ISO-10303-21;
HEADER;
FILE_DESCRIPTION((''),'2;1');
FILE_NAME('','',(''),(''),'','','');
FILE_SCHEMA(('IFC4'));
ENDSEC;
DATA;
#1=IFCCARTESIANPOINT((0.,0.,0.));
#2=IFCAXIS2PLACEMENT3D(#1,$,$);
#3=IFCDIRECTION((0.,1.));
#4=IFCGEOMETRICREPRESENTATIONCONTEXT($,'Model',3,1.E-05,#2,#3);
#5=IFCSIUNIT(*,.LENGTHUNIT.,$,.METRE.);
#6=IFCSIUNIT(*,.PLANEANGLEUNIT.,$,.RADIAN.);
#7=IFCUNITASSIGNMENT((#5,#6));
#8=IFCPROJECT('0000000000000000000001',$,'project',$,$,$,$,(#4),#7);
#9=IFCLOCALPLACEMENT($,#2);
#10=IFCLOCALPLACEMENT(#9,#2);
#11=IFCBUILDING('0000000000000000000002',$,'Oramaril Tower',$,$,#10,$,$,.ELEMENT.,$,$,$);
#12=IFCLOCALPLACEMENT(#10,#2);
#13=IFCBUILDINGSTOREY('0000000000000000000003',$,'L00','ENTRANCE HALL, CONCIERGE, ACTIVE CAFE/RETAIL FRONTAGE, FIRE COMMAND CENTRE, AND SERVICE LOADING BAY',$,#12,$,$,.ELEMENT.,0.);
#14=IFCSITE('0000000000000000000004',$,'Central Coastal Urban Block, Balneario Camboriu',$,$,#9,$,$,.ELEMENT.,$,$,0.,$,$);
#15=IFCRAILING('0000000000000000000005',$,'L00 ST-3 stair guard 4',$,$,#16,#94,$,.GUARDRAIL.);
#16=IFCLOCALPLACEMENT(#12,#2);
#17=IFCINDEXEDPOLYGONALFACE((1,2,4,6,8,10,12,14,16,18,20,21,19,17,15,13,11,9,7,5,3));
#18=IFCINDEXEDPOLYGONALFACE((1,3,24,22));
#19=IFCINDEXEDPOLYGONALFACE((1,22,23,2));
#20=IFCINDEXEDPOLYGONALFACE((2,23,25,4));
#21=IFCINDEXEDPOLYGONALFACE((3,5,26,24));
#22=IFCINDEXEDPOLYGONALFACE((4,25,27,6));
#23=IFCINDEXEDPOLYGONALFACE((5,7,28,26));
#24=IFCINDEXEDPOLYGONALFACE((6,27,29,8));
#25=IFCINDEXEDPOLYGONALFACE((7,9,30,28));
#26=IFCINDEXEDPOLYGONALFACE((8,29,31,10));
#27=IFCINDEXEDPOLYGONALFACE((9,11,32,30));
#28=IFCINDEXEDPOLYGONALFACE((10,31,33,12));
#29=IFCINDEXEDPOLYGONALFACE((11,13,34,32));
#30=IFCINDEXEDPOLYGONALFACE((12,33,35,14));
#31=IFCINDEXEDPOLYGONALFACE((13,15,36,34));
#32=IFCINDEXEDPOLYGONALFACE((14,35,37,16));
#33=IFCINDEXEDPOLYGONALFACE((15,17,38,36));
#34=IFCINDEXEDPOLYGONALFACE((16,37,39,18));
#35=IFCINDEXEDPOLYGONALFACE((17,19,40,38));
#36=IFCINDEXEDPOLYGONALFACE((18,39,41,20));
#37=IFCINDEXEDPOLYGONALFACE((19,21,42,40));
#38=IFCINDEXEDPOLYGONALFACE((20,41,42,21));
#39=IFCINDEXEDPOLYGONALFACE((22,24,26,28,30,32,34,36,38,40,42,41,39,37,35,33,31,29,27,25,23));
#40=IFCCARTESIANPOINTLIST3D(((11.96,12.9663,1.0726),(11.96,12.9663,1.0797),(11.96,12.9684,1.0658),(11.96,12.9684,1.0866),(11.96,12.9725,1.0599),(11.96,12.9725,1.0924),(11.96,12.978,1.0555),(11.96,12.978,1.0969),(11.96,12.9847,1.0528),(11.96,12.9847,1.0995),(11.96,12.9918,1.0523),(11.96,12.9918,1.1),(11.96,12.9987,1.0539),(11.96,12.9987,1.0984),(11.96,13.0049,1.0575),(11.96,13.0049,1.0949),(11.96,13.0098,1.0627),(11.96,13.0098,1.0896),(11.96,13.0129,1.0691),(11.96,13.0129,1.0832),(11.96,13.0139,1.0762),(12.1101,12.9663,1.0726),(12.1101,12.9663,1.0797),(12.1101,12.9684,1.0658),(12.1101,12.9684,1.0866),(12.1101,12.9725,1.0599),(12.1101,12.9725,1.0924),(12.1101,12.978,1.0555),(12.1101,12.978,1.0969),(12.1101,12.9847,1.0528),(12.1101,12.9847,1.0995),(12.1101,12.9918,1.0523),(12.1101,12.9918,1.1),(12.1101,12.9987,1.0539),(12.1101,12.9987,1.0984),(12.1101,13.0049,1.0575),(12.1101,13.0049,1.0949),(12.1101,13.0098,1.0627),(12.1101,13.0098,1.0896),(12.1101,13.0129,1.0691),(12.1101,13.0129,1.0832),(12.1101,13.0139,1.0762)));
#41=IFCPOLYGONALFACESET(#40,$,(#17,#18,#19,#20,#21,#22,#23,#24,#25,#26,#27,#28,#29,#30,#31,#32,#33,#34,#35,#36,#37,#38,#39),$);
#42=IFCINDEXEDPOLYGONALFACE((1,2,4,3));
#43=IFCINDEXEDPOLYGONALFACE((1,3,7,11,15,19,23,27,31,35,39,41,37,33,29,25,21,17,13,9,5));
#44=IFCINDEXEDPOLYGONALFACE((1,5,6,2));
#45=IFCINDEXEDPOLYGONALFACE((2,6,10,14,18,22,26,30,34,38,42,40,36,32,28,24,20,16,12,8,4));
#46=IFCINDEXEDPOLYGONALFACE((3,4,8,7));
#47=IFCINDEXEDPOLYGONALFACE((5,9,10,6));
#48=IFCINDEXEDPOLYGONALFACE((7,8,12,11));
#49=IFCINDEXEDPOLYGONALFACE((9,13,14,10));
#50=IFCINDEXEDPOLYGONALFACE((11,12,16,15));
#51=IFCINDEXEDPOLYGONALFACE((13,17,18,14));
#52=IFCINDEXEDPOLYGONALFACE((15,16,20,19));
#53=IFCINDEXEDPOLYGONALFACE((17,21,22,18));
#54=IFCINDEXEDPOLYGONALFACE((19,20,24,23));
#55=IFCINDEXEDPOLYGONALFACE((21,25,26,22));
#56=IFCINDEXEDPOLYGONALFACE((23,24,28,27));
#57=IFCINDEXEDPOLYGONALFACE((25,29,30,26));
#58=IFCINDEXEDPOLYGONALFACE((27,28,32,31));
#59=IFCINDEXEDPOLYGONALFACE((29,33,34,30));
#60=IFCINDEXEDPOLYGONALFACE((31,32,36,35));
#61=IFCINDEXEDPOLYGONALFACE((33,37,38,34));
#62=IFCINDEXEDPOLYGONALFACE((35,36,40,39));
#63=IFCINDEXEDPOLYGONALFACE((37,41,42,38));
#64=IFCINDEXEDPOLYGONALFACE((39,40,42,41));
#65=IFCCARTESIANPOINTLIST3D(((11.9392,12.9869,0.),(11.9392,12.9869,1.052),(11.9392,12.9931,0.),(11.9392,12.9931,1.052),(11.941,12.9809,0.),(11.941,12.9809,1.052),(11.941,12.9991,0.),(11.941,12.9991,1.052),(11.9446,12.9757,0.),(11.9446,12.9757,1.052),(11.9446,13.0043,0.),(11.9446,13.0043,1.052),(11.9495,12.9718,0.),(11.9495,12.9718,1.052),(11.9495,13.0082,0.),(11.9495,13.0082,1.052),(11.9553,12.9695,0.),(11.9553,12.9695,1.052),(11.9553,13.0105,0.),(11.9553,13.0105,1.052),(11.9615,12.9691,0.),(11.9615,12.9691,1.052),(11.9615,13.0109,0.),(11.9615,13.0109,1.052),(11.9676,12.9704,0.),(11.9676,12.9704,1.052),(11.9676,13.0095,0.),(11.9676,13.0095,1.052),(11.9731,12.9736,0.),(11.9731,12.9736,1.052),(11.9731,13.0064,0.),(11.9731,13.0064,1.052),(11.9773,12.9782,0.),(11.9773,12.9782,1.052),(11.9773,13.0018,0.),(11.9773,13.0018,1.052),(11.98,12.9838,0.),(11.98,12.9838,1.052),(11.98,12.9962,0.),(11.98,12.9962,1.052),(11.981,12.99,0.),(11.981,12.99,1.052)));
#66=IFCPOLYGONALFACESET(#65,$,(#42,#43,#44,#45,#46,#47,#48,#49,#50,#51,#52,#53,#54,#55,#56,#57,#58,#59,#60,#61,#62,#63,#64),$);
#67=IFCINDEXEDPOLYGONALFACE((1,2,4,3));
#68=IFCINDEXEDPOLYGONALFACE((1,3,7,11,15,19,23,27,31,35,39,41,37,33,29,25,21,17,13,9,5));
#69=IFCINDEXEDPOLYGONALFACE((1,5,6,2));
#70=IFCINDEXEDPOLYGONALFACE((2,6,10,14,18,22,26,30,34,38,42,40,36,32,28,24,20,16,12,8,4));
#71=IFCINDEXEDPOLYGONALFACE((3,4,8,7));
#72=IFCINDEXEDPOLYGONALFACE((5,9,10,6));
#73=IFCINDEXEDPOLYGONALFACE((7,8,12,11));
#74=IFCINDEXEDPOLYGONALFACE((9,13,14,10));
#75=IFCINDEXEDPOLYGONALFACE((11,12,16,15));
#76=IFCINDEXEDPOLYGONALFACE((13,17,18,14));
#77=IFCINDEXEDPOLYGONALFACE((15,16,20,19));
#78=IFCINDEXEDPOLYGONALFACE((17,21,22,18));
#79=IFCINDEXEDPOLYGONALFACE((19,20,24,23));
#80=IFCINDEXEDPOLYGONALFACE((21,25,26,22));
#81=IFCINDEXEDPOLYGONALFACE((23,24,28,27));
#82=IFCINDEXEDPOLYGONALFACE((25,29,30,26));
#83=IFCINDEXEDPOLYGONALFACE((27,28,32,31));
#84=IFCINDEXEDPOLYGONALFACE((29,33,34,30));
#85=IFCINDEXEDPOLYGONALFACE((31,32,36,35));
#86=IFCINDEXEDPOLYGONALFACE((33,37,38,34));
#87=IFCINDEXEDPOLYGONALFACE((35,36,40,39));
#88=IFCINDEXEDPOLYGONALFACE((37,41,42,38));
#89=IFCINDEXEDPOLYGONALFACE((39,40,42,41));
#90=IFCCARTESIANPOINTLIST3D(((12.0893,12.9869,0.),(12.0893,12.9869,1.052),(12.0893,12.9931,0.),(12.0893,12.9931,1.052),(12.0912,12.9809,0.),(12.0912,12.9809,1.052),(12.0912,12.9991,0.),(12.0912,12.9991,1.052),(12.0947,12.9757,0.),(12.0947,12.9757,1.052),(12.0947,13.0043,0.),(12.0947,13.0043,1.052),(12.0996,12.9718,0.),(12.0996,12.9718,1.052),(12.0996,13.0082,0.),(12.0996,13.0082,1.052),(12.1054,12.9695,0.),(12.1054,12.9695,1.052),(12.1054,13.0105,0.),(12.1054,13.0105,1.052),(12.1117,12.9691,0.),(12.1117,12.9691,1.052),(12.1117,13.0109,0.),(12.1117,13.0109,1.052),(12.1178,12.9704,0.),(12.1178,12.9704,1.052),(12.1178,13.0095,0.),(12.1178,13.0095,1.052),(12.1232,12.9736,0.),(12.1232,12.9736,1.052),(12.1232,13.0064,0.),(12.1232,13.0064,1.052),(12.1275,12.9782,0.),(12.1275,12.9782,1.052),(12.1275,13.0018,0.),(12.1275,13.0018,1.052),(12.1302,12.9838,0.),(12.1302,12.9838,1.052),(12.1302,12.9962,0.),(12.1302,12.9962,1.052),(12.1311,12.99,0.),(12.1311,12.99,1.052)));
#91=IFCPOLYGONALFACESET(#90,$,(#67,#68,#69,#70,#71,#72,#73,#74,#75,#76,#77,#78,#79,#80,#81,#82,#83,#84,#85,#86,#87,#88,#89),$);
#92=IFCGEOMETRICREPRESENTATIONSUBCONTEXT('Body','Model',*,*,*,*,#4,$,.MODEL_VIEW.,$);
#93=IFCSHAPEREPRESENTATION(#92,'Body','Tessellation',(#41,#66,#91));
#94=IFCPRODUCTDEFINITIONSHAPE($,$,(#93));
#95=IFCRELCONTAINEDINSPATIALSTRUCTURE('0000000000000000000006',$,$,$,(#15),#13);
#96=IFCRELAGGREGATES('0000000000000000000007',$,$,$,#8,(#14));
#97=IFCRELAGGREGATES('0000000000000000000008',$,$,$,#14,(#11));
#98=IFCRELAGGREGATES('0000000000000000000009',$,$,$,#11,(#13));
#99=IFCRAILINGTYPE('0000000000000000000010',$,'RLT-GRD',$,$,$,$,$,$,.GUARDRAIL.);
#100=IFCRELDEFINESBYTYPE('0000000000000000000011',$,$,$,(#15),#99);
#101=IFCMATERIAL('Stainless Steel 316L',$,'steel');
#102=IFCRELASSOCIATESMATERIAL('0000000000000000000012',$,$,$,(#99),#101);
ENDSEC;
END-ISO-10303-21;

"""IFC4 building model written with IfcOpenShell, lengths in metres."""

from ifc_helpers import new_model, si_unit, direction, frame, origin, origin_2d, place, context, subcontext, project, spatial, circle, extrude, material, type_object, element, save


model = new_model("IFC4")

# Units and contexts
model_context = context("Model", 3, precision=1e-05, world=origin(), true_north=direction((0.0, 1.0)))
body_context = subcontext(model_context, "Body", "Model", "MODEL_VIEW")
ifc_project = project(units=[si_unit("LENGTHUNIT", "METRE"), si_unit("PLANEANGLEUNIT", "RADIAN")], contexts=[model_context])

# Site, building, storey
site_placement = place(None, origin())
site = spatial("IfcSite", under=ifc_project, at=site_placement, Name="Central Coastal Urban Block, Balneario Camboriu", CompositionType="ELEMENT", RefElevation=0.0)
building_placement = place(site_placement, origin())
building = spatial("IfcBuilding", under=site, at=building_placement, Name="Oramaril Tower", CompositionType="ELEMENT")
storey_placement = place(building_placement, origin())
storey = spatial("IfcBuildingStorey", under=building, at=storey_placement, Name="L00", Description="ENTRANCE HALL, CONCIERGE, ACTIVE CAFE/RETAIL FRONTAGE, FIRE COMMAND CENTRE, AND SERVICE LOADING BAY", CompositionType="ELEMENT", Elevation=0.0)

# Railing
ifc_material_1 = material(Name="Stainless Steel 316L", Category="steel")
railing_type_1 = type_object("IfcRailingType", Name="RLT-GRD", PredefinedType="GUARDRAIL", material=ifc_material_1)
railing_1_placement = place(storey_placement, frame((11.96, 12.99, 0.0)))
element("IfcRailing", 1, at=railing_1_placement, inside=storey, type_object=railing_type_1, Name="L00 ST-3 stair guard 4", PredefinedType="GUARDRAIL", context=body_context, shape_type="SweptSolid", body=[
    extrude(circle(Radius=0.0239, at=origin_2d()), frame((0.0, 0.0, 1.0762), z_axis=(1.0, 0.0, 0.0), x_axis=(0.0, 1.0, 0.0)), (0.0, 0.0, 1.0), 0.1501),
    extrude(circle(Radius=0.021, at=origin_2d()), origin(), (0.0, 0.0, 1.0), 1.052),
    extrude(circle(Radius=0.021, at=origin_2d()), frame((0.1501, 0.0, 0.0)), (0.0, 0.0, 1.0), 1.052),
])

save(model, "model.ifc")
